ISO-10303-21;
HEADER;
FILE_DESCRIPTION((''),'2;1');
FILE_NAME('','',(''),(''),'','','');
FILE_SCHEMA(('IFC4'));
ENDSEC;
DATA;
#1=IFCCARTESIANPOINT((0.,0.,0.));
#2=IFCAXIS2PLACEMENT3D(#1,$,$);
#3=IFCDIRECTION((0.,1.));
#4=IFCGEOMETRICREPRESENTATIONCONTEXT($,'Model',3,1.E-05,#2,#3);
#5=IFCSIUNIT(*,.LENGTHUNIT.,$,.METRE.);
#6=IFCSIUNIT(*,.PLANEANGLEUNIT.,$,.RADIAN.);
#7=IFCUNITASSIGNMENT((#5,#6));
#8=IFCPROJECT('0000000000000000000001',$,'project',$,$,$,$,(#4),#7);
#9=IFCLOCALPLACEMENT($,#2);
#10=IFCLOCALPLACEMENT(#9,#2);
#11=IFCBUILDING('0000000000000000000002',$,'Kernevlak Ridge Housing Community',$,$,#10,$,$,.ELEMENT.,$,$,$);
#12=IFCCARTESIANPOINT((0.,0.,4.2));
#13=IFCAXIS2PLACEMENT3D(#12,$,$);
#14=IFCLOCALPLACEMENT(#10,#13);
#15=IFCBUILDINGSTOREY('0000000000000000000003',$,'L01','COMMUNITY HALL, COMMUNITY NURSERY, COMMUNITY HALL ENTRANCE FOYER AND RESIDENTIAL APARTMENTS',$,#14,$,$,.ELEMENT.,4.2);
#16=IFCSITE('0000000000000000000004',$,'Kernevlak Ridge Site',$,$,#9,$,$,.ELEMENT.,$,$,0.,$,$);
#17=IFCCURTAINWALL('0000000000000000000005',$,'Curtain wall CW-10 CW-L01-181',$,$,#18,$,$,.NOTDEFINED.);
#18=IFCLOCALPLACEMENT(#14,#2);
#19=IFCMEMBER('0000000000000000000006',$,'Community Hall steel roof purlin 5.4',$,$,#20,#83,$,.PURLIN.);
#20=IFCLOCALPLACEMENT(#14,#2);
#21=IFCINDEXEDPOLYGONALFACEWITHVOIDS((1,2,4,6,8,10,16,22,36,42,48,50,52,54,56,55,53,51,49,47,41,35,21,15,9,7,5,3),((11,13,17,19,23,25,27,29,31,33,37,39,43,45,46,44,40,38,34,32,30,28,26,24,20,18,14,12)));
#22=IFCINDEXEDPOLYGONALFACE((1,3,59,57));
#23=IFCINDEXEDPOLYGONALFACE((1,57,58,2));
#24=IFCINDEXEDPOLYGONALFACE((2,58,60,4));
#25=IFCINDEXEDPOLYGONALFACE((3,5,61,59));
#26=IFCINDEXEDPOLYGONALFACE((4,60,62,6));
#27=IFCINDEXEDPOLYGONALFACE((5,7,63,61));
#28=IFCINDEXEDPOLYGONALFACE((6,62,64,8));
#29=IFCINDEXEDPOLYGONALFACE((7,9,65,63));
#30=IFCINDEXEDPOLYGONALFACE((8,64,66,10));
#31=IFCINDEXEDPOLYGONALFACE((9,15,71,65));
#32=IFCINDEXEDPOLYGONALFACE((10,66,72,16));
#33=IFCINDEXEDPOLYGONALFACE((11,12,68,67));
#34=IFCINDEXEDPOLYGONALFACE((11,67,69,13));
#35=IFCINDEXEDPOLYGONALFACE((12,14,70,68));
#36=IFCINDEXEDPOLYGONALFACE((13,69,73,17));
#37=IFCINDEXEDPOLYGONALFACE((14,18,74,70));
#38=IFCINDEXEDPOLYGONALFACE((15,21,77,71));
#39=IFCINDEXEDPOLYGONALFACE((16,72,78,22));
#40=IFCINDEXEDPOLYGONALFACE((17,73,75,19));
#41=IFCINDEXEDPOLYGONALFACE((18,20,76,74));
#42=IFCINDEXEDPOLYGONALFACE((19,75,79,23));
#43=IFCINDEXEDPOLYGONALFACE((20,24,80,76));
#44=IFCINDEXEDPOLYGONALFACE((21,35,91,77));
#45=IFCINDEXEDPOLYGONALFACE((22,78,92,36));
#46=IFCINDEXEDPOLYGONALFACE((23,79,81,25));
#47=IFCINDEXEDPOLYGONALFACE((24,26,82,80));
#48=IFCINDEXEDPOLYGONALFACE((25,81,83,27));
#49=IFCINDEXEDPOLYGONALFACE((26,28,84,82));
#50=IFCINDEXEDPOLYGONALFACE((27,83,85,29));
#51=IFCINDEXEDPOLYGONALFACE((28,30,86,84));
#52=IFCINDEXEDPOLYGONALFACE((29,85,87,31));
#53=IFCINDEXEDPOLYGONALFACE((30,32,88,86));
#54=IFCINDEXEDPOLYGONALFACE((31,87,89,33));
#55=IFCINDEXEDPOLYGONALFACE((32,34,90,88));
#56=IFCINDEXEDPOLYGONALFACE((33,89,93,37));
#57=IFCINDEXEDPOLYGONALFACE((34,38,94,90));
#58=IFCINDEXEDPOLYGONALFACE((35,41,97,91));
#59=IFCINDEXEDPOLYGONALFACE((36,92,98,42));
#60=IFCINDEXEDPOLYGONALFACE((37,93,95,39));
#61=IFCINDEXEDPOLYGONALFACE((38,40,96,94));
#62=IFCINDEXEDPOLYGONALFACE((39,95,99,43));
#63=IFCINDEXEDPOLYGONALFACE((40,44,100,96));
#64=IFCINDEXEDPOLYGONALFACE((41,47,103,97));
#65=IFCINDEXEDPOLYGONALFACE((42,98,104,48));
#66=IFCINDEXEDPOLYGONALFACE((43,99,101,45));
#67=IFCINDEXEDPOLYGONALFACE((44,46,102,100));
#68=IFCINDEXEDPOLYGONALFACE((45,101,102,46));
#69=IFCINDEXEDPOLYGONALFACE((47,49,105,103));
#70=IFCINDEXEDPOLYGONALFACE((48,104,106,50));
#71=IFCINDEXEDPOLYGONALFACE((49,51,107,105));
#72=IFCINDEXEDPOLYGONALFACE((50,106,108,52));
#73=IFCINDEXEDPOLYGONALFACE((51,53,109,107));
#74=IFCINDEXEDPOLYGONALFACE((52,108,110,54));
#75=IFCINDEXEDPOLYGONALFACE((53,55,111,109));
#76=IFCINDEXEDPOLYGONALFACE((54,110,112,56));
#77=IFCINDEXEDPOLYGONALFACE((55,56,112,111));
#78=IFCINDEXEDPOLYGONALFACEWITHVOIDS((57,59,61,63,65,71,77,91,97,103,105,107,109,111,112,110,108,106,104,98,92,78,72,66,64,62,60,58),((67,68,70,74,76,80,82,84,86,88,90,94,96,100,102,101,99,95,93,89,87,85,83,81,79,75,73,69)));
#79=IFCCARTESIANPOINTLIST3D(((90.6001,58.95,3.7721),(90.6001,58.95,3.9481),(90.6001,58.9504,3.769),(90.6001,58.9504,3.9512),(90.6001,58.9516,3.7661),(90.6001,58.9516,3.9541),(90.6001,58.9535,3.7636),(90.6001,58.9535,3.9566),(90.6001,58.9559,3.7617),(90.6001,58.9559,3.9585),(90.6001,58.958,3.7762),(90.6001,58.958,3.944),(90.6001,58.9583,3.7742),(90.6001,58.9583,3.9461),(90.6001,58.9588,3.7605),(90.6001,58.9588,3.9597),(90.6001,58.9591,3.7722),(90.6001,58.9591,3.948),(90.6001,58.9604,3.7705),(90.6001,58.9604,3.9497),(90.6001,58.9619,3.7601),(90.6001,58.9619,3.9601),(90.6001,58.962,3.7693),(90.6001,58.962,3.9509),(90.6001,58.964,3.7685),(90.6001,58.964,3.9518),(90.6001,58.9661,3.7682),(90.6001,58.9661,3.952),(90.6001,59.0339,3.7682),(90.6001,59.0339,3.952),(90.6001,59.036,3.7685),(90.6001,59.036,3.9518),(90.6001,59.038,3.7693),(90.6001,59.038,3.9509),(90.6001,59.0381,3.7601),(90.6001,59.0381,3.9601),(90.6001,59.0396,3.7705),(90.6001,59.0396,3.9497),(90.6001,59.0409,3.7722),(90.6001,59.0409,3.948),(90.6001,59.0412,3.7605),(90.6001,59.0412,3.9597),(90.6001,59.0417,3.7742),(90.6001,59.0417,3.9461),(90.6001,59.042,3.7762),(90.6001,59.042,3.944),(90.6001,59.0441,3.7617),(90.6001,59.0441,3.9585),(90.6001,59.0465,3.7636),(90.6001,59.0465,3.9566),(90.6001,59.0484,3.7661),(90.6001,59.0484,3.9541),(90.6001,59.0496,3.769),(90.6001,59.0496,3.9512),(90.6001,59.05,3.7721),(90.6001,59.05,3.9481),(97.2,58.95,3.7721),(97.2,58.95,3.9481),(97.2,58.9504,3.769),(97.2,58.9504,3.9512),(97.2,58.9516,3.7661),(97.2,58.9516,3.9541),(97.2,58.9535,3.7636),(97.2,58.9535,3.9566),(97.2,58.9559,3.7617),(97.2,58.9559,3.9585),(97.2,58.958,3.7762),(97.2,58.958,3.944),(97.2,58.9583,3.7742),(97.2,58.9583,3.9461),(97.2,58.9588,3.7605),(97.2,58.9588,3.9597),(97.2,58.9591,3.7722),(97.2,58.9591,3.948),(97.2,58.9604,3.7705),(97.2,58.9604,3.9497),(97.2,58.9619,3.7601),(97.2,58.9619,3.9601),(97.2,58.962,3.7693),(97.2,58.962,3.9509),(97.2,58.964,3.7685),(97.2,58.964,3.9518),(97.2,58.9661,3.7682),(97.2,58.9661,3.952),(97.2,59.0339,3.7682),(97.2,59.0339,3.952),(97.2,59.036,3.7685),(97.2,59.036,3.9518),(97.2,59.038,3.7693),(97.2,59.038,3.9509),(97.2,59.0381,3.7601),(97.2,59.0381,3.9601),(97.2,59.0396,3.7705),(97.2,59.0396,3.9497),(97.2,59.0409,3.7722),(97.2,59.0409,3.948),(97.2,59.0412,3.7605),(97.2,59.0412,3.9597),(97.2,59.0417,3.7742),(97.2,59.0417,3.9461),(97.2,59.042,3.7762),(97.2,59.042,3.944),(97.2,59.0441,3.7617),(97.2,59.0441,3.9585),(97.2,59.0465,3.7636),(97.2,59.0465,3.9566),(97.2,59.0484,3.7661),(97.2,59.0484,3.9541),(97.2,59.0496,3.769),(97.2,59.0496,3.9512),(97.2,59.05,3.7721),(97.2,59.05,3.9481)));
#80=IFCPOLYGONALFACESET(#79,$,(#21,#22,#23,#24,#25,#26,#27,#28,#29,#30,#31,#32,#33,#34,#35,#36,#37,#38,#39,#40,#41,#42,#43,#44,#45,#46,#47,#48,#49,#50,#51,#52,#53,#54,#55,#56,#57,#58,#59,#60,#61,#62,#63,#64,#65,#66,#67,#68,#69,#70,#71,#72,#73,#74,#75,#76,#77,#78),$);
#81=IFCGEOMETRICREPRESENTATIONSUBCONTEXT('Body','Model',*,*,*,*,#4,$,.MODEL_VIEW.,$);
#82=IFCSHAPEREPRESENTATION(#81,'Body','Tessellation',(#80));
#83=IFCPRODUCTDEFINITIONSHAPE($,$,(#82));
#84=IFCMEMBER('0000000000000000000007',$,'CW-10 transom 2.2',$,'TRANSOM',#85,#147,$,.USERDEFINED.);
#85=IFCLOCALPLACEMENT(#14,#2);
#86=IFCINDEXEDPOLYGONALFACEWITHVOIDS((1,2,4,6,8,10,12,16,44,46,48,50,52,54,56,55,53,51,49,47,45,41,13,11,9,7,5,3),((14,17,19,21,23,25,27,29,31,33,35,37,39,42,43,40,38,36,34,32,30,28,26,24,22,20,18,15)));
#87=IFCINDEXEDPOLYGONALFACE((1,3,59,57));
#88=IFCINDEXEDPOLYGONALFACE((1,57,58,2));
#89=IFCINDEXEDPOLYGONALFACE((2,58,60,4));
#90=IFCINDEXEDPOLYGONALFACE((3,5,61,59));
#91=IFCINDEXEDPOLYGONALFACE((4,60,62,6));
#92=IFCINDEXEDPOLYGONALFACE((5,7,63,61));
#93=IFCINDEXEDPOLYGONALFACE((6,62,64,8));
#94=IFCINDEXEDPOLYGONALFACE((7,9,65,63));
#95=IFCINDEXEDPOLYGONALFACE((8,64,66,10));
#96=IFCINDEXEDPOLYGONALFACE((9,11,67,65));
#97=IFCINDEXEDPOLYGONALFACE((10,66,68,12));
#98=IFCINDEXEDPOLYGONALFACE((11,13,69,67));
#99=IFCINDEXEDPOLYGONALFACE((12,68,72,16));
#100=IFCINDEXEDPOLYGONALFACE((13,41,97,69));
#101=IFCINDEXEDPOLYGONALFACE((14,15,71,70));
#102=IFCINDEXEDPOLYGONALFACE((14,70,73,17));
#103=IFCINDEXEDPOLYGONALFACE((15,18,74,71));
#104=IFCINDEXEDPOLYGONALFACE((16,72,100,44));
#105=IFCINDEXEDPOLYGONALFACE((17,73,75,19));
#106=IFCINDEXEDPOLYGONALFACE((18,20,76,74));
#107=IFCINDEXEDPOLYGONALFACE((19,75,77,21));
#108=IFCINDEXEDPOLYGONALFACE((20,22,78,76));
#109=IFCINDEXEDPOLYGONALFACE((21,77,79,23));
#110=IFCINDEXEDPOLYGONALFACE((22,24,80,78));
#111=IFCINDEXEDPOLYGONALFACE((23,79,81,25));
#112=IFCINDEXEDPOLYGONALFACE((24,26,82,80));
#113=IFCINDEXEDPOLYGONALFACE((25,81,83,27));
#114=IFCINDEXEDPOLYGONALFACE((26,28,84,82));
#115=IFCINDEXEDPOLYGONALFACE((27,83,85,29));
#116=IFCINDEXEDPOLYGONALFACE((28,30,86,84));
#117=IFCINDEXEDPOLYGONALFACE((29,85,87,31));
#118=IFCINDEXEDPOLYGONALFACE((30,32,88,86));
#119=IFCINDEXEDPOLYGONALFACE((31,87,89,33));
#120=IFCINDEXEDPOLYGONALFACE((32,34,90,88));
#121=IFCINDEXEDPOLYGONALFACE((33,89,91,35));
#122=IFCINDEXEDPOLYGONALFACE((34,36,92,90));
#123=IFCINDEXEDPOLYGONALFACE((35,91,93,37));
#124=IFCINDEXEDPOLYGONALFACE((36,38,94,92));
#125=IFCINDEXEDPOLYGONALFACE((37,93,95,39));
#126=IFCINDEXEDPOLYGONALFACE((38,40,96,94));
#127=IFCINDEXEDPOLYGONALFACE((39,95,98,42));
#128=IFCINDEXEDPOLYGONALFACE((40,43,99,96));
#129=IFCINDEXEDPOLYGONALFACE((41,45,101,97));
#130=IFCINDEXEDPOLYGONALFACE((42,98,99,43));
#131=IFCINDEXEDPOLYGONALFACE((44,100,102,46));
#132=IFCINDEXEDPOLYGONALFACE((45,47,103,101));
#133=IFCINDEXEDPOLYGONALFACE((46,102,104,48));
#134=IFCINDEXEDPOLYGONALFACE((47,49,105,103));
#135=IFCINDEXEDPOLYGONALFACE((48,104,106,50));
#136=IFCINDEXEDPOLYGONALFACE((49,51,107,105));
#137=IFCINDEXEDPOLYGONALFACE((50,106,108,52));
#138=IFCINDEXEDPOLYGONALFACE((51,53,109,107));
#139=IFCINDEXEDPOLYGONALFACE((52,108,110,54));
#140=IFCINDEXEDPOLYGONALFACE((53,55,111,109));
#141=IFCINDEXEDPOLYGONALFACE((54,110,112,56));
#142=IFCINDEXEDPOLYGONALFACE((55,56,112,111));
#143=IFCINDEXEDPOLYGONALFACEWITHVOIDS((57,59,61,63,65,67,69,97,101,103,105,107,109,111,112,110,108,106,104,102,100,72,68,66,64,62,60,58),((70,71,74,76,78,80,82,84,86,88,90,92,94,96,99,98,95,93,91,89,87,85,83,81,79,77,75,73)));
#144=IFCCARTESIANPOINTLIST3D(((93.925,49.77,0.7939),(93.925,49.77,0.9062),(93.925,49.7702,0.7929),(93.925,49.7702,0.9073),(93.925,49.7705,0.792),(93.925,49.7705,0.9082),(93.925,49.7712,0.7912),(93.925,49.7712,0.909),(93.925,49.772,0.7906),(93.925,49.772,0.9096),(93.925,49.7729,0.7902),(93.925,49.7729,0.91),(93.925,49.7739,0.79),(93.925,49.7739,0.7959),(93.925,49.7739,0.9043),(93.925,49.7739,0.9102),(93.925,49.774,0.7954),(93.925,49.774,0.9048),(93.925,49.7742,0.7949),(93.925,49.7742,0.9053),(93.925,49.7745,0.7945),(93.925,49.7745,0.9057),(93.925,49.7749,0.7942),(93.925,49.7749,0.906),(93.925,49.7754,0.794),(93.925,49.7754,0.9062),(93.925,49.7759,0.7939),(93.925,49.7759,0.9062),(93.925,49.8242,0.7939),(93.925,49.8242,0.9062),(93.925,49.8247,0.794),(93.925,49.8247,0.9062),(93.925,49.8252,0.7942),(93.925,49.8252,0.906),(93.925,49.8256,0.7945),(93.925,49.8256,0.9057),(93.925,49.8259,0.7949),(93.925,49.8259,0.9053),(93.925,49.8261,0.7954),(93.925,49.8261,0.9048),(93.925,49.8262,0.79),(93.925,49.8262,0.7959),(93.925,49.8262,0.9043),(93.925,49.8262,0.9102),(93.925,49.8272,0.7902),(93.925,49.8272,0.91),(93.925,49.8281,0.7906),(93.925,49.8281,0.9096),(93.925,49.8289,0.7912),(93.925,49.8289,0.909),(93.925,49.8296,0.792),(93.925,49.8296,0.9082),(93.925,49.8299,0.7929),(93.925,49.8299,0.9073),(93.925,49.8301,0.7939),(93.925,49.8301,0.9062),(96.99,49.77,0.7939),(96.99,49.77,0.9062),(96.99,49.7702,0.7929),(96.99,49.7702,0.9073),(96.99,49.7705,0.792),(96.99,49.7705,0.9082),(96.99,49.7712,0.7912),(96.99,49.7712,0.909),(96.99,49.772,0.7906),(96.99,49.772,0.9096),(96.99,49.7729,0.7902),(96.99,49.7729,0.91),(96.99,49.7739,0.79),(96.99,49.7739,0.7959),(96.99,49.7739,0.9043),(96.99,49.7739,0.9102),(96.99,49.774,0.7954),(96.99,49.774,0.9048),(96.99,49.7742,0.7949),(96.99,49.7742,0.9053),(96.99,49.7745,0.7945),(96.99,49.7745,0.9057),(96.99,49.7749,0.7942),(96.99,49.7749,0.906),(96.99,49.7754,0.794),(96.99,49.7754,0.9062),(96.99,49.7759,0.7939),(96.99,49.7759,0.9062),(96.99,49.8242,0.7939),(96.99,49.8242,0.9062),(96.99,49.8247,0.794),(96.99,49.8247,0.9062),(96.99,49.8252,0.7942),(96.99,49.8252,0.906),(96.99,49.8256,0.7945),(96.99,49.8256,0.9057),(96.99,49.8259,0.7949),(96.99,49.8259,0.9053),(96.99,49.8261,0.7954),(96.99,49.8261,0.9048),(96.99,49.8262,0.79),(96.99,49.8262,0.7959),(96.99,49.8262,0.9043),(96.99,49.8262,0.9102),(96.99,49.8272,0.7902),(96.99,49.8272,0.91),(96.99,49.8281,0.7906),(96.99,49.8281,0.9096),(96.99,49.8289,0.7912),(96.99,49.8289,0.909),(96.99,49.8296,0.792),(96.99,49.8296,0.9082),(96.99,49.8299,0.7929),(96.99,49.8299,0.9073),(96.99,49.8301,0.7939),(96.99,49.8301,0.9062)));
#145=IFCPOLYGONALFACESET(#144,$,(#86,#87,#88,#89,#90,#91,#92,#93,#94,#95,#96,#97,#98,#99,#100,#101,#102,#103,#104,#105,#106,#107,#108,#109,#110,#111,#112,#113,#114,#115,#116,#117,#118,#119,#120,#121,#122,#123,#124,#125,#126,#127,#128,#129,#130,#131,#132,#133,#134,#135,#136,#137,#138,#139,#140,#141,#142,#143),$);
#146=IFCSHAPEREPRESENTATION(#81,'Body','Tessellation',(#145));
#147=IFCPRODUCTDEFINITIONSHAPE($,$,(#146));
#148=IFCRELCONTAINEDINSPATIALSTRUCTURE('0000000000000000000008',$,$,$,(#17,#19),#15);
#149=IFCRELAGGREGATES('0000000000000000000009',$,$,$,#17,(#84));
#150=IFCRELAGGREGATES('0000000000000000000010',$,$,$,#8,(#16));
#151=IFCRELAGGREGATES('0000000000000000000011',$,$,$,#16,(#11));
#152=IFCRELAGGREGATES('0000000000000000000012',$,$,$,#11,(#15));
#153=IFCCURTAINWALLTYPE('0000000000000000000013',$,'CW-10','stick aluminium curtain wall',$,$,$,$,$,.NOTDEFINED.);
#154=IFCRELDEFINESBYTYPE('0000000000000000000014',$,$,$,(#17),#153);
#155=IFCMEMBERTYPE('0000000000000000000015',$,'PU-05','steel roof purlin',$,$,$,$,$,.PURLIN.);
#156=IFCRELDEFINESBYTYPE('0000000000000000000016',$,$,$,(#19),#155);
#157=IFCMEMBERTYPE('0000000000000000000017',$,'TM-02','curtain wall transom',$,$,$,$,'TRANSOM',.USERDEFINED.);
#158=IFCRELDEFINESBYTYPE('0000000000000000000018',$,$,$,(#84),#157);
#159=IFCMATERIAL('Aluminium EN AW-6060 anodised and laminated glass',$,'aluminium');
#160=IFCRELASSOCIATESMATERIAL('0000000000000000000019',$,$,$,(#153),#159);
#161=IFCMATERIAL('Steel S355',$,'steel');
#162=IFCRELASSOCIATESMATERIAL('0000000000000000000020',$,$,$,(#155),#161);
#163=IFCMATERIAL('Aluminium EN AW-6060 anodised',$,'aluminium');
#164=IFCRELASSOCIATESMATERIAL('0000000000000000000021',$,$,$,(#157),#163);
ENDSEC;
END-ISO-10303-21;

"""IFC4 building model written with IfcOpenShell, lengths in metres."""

from ifc_helpers import new_model, si_unit, direction, frame, origin, origin_2d, place, context, subcontext, project, spatial, hollow_rectangle, extrude, material, material_profile, profile_set, type_object, element, aggregate, save


model = new_model("IFC4")

# Units and contexts
model_context = context("Model", 3, precision=1e-05, world=origin(), true_north=direction((0.0, 1.0)))
body_context = subcontext(model_context, "Body", "Model", "MODEL_VIEW")
ifc_project = project(units=[si_unit("LENGTHUNIT", "METRE"), si_unit("PLANEANGLEUNIT", "RADIAN")], contexts=[model_context])

# Site, building, storey
site_placement = place(None, origin())
site = spatial("IfcSite", under=ifc_project, at=site_placement, Name="Kernevlak Ridge Site", CompositionType="ELEMENT", RefElevation=0.0)
building_placement = place(site_placement, origin())
building = spatial("IfcBuilding", under=site, at=building_placement, Name="Kernevlak Ridge Housing Community", CompositionType="ELEMENT")
storey_placement = place(building_placement, frame((0.0, 0.0, 4.2)))
storey = spatial("IfcBuildingStorey", under=building, at=storey_placement, Name="L01", Description="COMMUNITY HALL, COMMUNITY NURSERY, COMMUNITY HALL ENTRANCE FOYER AND RESIDENTIAL APARTMENTS", CompositionType="ELEMENT", Elevation=4.2)

# Shared definitions
ifc_material_1 = material(Name="Steel S355", Category="steel")

# Curtain wall
ifc_material_2 = material(Name="Aluminium EN AW-6060 anodised and laminated glass", Category="aluminium")
curtain_wall_type = type_object("IfcCurtainWallType", Name="CW-10", Description="stick aluminium curtain wall", PredefinedType="NOTDEFINED", material=ifc_material_2)
curtain_wall_placement = place(storey_placement, origin())
curtain_wall = element("IfcCurtainWall", 1, at=curtain_wall_placement, inside=storey, type_object=curtain_wall_type, Name="Curtain wall CW-10 CW-L01-181", PredefinedType="NOTDEFINED")
ifc_material_3 = material(Name="Aluminium EN AW-6060 anodised", Category="aluminium")

# Member
ifc_material_profile_1 = material_profile(ifc_material_1, hollow_rectangle(XDim=0.1001, YDim=0.2, WallThickness=0.0081, InnerFilletRadius=0.0081, OuterFilletRadius=0.012, at=origin_2d()), Name="RHS 200x100x8")
ifc_profile_set_1 = profile_set([ifc_material_profile_1], Name="Steel S355")
member_type_1 = type_object("IfcMemberType", Name="PU-05", Description="steel roof purlin", PredefinedType="PURLIN", material=ifc_profile_set_1)
for number, where, z_axis, x_axis, name in (
    (2, (90.6001, 59.0, 3.8601), (1.0, 0.0, 0.0), (0.0, 1.0, 0.0), "Community Hall steel roof purlin 5.4"),
):
    element("IfcMember", number, at=place(storey_placement, frame(where, z_axis=z_axis, x_axis=x_axis)), inside=storey, type_object=member_type_1, Name=name, PredefinedType="PURLIN", context=body_context, shape_type="SweptSolid", body=[
        extrude(hollow_rectangle(XDim=0.1001, YDim=0.2, WallThickness=0.0081, InnerFilletRadius=0.0081, OuterFilletRadius=0.012, at=origin_2d()), origin(), (0.0, 0.0, 1.0), 6.5999),
    ])

# Member
ifc_material_profile_2 = material_profile(ifc_material_3, hollow_rectangle(XDim=0.0601, YDim=0.1201, WallThickness=0.0039, InnerFilletRadius=0.002, OuterFilletRadius=0.0039, at=origin_2d()), Name="ALU 60x120x4")
ifc_profile_set_2 = profile_set([ifc_material_profile_2], Name="Aluminium EN AW-6060 anodised")
member_type_2 = type_object("IfcMemberType", Name="TM-02", Description="curtain wall transom", ElementType="TRANSOM", PredefinedType="USERDEFINED", material=ifc_profile_set_2)
member_1_placement = place(storey_placement, frame((93.925, 49.8, 0.8501), z_axis=(1.0, 0.0, 0.0), x_axis=(0.0, 1.0, 0.0)))
member_1 = element("IfcMember", 3, at=member_1_placement, type_object=member_type_2, Name="CW-10 transom 2.2", ObjectType="TRANSOM", PredefinedType="USERDEFINED", context=body_context, shape_type="SweptSolid", body=[
    extrude(hollow_rectangle(XDim=0.0601, YDim=0.1201, WallThickness=0.0039, InnerFilletRadius=0.002, OuterFilletRadius=0.0039, at=origin_2d()), origin(), (0.0, 0.0, 1.0), 3.0649),
])

aggregate(curtain_wall, [member_1])

save(model, "model.ifc")
